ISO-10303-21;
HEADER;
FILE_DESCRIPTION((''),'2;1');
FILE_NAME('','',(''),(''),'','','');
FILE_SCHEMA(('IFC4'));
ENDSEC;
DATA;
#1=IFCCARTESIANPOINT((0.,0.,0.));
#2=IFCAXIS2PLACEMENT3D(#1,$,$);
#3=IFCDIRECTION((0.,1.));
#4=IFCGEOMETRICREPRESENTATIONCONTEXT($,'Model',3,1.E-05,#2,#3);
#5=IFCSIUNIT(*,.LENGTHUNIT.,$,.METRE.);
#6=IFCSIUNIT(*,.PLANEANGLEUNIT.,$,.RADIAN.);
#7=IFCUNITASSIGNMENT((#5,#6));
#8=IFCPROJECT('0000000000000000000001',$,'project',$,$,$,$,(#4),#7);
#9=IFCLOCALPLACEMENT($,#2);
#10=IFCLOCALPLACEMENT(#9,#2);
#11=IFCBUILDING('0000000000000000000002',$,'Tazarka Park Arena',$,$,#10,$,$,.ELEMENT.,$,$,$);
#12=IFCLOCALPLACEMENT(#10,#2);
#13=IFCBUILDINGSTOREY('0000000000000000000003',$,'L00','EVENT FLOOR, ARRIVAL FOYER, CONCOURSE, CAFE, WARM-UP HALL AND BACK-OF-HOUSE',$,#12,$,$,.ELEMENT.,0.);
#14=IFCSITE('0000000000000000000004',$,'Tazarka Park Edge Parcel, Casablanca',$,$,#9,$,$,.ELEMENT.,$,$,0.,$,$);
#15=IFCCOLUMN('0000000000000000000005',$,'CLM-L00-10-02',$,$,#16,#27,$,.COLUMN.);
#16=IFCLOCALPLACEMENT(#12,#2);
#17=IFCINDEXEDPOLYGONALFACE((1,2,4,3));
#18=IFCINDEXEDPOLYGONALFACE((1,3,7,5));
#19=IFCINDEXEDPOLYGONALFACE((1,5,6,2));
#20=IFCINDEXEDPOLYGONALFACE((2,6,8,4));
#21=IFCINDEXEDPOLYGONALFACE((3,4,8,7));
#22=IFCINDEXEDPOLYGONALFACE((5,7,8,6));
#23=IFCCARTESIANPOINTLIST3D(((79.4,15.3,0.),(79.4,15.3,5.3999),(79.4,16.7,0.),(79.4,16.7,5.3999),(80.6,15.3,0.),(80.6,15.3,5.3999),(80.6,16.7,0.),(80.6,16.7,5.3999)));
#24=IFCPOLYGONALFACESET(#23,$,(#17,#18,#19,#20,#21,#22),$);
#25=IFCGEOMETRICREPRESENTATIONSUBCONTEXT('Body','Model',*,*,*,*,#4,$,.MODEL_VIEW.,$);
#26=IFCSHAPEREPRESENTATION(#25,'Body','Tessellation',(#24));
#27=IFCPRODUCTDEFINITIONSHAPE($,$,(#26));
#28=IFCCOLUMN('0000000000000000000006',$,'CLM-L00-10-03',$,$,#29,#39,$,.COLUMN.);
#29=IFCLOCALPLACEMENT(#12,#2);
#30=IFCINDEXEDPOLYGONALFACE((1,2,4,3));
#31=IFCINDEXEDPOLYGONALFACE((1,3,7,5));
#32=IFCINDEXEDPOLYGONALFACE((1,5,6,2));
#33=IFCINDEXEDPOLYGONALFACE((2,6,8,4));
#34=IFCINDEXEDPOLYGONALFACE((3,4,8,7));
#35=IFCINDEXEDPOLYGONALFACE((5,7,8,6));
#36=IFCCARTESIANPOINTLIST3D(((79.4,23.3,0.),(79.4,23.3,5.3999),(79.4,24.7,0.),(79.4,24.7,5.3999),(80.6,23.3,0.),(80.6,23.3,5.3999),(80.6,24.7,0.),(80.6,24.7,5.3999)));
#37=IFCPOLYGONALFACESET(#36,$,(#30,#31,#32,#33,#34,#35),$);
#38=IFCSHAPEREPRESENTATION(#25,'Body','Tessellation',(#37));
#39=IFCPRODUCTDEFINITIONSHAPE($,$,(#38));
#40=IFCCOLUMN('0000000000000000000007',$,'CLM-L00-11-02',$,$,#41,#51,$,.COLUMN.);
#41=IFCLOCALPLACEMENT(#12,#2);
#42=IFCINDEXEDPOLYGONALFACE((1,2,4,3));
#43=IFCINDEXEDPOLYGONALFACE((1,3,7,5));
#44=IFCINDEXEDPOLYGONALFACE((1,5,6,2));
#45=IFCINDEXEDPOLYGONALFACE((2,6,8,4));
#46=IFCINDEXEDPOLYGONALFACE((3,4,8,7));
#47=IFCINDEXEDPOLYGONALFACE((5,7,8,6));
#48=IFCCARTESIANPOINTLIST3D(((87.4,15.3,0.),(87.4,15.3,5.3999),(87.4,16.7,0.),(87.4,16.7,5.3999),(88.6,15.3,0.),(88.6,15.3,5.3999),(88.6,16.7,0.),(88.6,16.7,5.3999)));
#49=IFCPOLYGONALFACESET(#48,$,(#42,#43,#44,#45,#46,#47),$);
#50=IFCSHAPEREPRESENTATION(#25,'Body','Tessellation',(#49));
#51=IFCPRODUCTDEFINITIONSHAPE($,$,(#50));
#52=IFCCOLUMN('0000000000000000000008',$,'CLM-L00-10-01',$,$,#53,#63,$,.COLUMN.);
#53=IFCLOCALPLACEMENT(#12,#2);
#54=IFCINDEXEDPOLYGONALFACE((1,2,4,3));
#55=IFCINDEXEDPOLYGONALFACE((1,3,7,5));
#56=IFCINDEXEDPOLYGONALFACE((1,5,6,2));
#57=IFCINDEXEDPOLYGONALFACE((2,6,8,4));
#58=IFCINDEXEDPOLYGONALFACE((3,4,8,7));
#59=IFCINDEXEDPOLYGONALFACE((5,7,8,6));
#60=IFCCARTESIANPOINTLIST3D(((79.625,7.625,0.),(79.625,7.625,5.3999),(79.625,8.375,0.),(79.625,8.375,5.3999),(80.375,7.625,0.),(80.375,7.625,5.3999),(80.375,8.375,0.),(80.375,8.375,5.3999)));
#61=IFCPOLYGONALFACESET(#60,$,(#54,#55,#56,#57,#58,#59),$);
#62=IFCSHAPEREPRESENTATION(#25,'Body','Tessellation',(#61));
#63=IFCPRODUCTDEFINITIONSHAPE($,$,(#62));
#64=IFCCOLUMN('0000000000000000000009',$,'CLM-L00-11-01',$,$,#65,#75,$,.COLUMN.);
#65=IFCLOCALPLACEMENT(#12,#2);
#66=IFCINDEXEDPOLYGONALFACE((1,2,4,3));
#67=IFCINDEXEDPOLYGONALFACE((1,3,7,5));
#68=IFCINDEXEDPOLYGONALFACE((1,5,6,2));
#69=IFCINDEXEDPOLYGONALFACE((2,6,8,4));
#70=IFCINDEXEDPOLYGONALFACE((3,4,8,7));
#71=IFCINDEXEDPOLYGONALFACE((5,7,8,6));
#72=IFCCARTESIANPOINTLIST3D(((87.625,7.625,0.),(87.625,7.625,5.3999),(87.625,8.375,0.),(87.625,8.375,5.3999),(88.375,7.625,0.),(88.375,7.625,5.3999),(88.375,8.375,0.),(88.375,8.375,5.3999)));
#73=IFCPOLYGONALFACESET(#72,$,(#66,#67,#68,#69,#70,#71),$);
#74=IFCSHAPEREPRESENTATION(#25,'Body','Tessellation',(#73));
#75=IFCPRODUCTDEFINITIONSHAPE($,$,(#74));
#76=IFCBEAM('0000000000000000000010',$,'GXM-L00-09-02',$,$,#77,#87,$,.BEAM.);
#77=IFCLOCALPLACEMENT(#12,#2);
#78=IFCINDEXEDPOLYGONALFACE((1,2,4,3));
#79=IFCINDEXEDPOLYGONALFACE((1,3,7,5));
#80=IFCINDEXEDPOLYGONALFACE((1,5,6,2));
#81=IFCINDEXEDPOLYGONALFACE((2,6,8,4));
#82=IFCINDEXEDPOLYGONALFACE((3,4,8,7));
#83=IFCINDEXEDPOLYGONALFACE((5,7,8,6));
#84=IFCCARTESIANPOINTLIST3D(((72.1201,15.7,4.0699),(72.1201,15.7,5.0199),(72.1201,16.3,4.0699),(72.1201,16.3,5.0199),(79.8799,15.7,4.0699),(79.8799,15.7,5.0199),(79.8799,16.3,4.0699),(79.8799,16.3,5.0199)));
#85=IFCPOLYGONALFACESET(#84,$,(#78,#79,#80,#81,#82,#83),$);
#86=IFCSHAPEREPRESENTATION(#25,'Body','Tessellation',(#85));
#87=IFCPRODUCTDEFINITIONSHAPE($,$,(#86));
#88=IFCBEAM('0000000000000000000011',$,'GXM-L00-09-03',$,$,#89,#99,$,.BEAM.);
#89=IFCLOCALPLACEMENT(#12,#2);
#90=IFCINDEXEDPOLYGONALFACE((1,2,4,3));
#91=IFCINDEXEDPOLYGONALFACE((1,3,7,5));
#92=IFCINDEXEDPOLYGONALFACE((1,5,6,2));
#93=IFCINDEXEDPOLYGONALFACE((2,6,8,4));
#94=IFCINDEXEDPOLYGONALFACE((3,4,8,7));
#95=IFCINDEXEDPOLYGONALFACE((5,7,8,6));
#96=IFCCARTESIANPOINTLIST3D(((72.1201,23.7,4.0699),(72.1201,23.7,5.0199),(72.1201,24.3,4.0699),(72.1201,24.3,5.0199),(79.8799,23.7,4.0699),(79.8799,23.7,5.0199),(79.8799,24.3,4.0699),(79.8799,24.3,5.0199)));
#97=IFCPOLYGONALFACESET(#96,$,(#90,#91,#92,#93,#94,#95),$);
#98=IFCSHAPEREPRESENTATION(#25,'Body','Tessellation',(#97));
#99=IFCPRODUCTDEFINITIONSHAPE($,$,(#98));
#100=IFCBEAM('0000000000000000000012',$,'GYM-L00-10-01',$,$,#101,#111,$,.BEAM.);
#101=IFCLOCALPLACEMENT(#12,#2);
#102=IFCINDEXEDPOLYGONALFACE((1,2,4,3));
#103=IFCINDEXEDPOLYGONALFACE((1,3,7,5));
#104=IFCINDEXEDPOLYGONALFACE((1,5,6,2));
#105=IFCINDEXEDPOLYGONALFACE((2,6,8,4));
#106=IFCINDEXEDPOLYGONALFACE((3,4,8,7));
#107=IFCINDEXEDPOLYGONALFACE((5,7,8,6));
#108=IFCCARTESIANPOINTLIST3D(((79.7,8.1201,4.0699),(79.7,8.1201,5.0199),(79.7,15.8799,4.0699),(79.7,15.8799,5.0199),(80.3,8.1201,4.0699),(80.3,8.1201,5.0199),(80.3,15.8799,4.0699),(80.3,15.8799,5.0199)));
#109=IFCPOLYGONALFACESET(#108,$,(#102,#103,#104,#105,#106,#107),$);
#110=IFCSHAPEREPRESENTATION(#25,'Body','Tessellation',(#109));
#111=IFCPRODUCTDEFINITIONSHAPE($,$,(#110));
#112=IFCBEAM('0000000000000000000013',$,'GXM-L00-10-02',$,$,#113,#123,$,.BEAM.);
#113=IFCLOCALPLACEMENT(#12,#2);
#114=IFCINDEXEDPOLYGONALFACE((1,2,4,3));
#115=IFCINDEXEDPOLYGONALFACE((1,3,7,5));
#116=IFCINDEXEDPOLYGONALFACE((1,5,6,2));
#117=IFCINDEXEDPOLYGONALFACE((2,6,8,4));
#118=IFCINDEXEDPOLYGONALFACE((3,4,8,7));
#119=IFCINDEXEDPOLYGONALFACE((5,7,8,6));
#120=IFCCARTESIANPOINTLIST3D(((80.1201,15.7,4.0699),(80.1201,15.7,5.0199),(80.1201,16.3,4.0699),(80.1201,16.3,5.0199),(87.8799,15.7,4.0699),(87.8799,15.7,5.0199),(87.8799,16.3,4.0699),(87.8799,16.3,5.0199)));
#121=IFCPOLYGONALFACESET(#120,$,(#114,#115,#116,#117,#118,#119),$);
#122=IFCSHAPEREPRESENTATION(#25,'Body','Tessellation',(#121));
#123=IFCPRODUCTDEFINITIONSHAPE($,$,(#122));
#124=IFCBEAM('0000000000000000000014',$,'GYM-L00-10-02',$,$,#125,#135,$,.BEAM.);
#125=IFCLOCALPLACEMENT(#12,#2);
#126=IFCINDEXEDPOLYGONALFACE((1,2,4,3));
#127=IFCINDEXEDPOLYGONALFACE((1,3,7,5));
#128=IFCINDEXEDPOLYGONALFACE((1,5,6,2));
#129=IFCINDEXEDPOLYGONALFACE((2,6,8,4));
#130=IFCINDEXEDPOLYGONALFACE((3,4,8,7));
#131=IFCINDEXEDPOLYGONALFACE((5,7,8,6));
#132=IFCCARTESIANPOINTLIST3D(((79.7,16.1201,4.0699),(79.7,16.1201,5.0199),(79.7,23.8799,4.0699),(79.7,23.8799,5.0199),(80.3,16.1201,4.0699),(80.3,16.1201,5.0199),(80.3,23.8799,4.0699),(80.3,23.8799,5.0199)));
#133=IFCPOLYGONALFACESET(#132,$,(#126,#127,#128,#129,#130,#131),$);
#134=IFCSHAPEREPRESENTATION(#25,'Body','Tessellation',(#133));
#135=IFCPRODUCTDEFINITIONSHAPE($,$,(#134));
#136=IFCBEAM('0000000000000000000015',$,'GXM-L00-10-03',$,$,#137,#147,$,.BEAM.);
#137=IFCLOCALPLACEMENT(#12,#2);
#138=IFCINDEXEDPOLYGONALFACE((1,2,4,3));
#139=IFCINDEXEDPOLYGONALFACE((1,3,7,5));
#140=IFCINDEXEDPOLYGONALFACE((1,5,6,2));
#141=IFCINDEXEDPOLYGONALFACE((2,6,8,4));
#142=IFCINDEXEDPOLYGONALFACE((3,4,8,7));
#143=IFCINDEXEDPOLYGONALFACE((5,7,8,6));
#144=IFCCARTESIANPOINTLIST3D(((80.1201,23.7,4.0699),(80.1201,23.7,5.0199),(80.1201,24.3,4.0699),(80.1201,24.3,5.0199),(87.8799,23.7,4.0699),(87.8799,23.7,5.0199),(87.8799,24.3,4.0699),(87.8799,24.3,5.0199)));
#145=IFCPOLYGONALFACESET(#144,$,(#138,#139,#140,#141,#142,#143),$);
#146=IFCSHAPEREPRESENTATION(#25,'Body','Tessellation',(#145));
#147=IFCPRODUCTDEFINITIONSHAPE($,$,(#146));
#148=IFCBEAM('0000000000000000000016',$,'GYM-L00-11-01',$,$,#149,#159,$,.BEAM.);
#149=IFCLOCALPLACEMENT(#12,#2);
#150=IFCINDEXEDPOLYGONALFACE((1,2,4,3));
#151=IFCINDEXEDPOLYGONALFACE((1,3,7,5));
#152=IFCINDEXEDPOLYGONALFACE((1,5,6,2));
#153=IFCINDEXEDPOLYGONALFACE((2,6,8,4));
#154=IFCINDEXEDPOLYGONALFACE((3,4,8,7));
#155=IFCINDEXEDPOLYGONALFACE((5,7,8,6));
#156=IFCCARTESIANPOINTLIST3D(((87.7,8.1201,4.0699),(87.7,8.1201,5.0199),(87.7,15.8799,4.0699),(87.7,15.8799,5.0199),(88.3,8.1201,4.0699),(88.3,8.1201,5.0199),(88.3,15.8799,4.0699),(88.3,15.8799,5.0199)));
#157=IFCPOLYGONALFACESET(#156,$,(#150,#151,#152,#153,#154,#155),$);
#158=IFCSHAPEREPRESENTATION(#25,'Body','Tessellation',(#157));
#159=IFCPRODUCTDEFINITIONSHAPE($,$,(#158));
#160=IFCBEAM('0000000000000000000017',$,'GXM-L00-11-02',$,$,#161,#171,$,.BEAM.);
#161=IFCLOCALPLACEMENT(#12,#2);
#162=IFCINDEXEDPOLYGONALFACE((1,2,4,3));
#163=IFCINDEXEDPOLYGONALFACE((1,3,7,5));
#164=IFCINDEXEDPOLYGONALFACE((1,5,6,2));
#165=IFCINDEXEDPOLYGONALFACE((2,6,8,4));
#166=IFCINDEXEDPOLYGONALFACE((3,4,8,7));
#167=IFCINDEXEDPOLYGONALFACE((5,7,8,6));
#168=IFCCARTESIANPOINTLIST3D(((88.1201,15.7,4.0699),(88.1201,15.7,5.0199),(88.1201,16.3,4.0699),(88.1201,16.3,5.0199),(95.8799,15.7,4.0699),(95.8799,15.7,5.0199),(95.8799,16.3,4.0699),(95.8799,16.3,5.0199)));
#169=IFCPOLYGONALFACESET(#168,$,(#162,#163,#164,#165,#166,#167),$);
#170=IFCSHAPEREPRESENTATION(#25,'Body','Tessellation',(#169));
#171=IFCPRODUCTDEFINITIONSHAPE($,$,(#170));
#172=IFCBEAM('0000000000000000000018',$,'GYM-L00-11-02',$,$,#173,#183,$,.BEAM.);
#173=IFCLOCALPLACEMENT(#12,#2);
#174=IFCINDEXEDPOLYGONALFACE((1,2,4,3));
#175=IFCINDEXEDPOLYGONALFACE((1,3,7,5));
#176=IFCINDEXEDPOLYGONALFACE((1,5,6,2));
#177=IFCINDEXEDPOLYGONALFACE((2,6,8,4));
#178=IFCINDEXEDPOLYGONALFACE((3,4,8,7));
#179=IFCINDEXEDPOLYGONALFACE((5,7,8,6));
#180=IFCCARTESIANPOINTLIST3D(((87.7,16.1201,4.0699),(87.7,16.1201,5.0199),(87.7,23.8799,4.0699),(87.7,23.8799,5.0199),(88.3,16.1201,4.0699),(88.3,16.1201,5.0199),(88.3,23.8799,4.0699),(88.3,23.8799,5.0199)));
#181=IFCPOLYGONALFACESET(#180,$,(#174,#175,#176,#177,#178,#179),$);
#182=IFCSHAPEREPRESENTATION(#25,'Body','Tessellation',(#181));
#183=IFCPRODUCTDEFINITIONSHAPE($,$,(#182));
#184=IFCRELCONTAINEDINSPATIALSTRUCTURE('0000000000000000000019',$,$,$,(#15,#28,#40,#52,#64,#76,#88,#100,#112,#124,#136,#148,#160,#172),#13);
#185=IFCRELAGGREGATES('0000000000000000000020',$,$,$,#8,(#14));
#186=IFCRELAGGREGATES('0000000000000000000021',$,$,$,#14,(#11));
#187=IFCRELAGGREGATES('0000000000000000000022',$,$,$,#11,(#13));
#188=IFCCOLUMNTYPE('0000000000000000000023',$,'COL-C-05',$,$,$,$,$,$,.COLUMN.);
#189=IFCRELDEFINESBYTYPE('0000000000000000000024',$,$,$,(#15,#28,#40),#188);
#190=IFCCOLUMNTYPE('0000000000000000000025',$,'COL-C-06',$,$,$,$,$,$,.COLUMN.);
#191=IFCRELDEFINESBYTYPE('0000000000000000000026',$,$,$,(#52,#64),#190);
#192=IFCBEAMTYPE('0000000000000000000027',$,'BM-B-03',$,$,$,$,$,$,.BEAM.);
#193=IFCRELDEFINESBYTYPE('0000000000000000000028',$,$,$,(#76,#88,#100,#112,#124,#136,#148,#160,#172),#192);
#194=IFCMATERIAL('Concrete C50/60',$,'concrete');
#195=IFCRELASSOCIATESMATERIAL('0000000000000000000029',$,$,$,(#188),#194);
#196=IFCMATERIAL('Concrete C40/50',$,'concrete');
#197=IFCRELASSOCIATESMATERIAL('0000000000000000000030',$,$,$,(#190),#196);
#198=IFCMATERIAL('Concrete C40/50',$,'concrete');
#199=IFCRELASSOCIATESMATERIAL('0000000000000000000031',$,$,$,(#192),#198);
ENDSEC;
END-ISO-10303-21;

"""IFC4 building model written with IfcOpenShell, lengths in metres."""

from ifc_helpers import new_model, si_unit, direction, frame, origin, origin_2d, place, context, subcontext, project, spatial, rectangle, extrude, material, material_profile, profile_set, type_object, element, save


model = new_model("IFC4")

# Units and contexts
model_context = context("Model", 3, precision=1e-05, world=origin(), true_north=direction((0.0, 1.0)))
body_context = subcontext(model_context, "Body", "Model", "MODEL_VIEW")
ifc_project = project(units=[si_unit("LENGTHUNIT", "METRE"), si_unit("PLANEANGLEUNIT", "RADIAN")], contexts=[model_context])

# Site, building, storey
site_placement = place(None, origin())
site = spatial("IfcSite", under=ifc_project, at=site_placement, Name="Tazarka Park Edge Parcel, Casablanca", CompositionType="ELEMENT", RefElevation=0.0)
building_placement = place(site_placement, origin())
building = spatial("IfcBuilding", under=site, at=building_placement, Name="Tazarka Park Arena", CompositionType="ELEMENT")
storey_placement = place(building_placement, origin())
storey = spatial("IfcBuildingStorey", under=building, at=storey_placement, Name="L00", Description="EVENT FLOOR, ARRIVAL FOYER, CONCOURSE, CAFE, WARM-UP HALL AND BACK-OF-HOUSE", CompositionType="ELEMENT", Elevation=0.0)

# Columns
ifc_material_1 = material(Name="Concrete C50/60", Category="concrete")
ifc_material_profile_1 = material_profile(ifc_material_1, rectangle(XDim=1.2, YDim=1.3999, at=origin_2d()), Name="Concrete C50/60")
ifc_profile_set_1 = profile_set([ifc_material_profile_1], Name="Concrete C50/60")
column_type_1 = type_object("IfcColumnType", Name="COL-C-05", PredefinedType="COLUMN", material=ifc_profile_set_1)
for number, where, z_axis, x_axis, name in (
    (1, (80.0, 16.0, 0.0), (0.0, 0.0, 1.0), (1.0, 0.0, 0.0), "CLM-L00-10-02"),
    (2, (80.0, 24.0, 0.0), (0.0, 0.0, 1.0), (1.0, 0.0, 0.0), "CLM-L00-10-03"),
    (3, (88.0, 16.0, 0.0), (0.0, 0.0, 1.0), (1.0, 0.0, 0.0), "CLM-L00-11-02"),
):
    element("IfcColumn", number, at=place(storey_placement, frame(where, z_axis=z_axis, x_axis=x_axis)), inside=storey, type_object=column_type_1, Name=name, PredefinedType="COLUMN", context=body_context, shape_type="SweptSolid", body=[
        extrude(rectangle(XDim=1.2, YDim=1.3999, at=origin_2d()), origin(), (0.0, 0.0, 1.0), 5.3999),
    ])
ifc_material_2 = material(Name="Concrete C40/50", Category="concrete")
ifc_material_profile_2 = material_profile(ifc_material_2, rectangle(XDim=0.75, YDim=0.75, at=origin_2d()), Name="Concrete C40/50")
ifc_profile_set_2 = profile_set([ifc_material_profile_2], Name="Concrete C40/50")
column_type_2 = type_object("IfcColumnType", Name="COL-C-06", PredefinedType="COLUMN", material=ifc_profile_set_2)
for number, where, z_axis, x_axis, name in (
    (4, (80.0, 8.0, 0.0), (0.0, 0.0, 1.0), (1.0, 0.0, 0.0), "CLM-L00-10-01"),
    (5, (88.0, 8.0, 0.0), (0.0, 0.0, 1.0), (1.0, 0.0, 0.0), "CLM-L00-11-01"),
):
    element("IfcColumn", number, at=place(storey_placement, frame(where, z_axis=z_axis, x_axis=x_axis)), inside=storey, type_object=column_type_2, Name=name, PredefinedType="COLUMN", context=body_context, shape_type="SweptSolid", body=[
        extrude(rectangle(XDim=0.75, YDim=0.75, at=origin_2d()), origin(), (0.0, 0.0, 1.0), 5.3999),
    ])

# Beams
ifc_material_3 = material(Name="Concrete C40/50", Category="concrete")
ifc_material_profile_3 = material_profile(ifc_material_3, rectangle(XDim=0.6001, YDim=0.95, at=origin_2d()), Name="Concrete C40/50")
ifc_profile_set_3 = profile_set([ifc_material_profile_3], Name="Concrete C40/50")
beam_type_1 = type_object("IfcBeamType", Name="BM-B-03", PredefinedType="BEAM", material=ifc_profile_set_3)
for number, where, z_axis, x_axis, name in (
    (6, (72.1201, 16.0, 4.5449), (1.0, 0.0, 0.0), (0.0, 1.0, 0.0), "GXM-L00-09-02"),
    (7, (72.1201, 24.0, 4.5449), (1.0, 0.0, 0.0), (0.0, 1.0, 0.0), "GXM-L00-09-03"),
    (8, (80.0, 8.1201, 4.5449), (0.0, 1.0, 0.0), (-1.0, 0.0, 0.0), "GYM-L00-10-01"),
    (9, (80.1201, 16.0, 4.5449), (1.0, 0.0, 0.0), (0.0, 1.0, 0.0), "GXM-L00-10-02"),
    (10, (80.0, 16.1201, 4.5449), (0.0, 1.0, 0.0), (-1.0, 0.0, 0.0), "GYM-L00-10-02"),
    (11, (80.1201, 24.0, 4.5449), (1.0, 0.0, 0.0), (0.0, 1.0, 0.0), "GXM-L00-10-03"),
    (12, (88.0, 8.1201, 4.5449), (0.0, 1.0, 0.0), (-1.0, 0.0, 0.0), "GYM-L00-11-01"),
    (13, (88.1201, 16.0, 4.5449), (1.0, 0.0, 0.0), (0.0, 1.0, 0.0), "GXM-L00-11-02"),
    (14, (88.0, 16.1201, 4.5449), (0.0, 1.0, 0.0), (-1.0, 0.0, 0.0), "GYM-L00-11-02"),
):
    element("IfcBeam", number, at=place(storey_placement, frame(where, z_axis=z_axis, x_axis=x_axis)), inside=storey, type_object=beam_type_1, Name=name, PredefinedType="BEAM", context=body_context, shape_type="SweptSolid", body=[
        extrude(rectangle(XDim=0.6001, YDim=0.95, at=origin_2d()), origin(), (0.0, 0.0, 1.0), 7.7598),
    ])

save(model, "model.ifc")
